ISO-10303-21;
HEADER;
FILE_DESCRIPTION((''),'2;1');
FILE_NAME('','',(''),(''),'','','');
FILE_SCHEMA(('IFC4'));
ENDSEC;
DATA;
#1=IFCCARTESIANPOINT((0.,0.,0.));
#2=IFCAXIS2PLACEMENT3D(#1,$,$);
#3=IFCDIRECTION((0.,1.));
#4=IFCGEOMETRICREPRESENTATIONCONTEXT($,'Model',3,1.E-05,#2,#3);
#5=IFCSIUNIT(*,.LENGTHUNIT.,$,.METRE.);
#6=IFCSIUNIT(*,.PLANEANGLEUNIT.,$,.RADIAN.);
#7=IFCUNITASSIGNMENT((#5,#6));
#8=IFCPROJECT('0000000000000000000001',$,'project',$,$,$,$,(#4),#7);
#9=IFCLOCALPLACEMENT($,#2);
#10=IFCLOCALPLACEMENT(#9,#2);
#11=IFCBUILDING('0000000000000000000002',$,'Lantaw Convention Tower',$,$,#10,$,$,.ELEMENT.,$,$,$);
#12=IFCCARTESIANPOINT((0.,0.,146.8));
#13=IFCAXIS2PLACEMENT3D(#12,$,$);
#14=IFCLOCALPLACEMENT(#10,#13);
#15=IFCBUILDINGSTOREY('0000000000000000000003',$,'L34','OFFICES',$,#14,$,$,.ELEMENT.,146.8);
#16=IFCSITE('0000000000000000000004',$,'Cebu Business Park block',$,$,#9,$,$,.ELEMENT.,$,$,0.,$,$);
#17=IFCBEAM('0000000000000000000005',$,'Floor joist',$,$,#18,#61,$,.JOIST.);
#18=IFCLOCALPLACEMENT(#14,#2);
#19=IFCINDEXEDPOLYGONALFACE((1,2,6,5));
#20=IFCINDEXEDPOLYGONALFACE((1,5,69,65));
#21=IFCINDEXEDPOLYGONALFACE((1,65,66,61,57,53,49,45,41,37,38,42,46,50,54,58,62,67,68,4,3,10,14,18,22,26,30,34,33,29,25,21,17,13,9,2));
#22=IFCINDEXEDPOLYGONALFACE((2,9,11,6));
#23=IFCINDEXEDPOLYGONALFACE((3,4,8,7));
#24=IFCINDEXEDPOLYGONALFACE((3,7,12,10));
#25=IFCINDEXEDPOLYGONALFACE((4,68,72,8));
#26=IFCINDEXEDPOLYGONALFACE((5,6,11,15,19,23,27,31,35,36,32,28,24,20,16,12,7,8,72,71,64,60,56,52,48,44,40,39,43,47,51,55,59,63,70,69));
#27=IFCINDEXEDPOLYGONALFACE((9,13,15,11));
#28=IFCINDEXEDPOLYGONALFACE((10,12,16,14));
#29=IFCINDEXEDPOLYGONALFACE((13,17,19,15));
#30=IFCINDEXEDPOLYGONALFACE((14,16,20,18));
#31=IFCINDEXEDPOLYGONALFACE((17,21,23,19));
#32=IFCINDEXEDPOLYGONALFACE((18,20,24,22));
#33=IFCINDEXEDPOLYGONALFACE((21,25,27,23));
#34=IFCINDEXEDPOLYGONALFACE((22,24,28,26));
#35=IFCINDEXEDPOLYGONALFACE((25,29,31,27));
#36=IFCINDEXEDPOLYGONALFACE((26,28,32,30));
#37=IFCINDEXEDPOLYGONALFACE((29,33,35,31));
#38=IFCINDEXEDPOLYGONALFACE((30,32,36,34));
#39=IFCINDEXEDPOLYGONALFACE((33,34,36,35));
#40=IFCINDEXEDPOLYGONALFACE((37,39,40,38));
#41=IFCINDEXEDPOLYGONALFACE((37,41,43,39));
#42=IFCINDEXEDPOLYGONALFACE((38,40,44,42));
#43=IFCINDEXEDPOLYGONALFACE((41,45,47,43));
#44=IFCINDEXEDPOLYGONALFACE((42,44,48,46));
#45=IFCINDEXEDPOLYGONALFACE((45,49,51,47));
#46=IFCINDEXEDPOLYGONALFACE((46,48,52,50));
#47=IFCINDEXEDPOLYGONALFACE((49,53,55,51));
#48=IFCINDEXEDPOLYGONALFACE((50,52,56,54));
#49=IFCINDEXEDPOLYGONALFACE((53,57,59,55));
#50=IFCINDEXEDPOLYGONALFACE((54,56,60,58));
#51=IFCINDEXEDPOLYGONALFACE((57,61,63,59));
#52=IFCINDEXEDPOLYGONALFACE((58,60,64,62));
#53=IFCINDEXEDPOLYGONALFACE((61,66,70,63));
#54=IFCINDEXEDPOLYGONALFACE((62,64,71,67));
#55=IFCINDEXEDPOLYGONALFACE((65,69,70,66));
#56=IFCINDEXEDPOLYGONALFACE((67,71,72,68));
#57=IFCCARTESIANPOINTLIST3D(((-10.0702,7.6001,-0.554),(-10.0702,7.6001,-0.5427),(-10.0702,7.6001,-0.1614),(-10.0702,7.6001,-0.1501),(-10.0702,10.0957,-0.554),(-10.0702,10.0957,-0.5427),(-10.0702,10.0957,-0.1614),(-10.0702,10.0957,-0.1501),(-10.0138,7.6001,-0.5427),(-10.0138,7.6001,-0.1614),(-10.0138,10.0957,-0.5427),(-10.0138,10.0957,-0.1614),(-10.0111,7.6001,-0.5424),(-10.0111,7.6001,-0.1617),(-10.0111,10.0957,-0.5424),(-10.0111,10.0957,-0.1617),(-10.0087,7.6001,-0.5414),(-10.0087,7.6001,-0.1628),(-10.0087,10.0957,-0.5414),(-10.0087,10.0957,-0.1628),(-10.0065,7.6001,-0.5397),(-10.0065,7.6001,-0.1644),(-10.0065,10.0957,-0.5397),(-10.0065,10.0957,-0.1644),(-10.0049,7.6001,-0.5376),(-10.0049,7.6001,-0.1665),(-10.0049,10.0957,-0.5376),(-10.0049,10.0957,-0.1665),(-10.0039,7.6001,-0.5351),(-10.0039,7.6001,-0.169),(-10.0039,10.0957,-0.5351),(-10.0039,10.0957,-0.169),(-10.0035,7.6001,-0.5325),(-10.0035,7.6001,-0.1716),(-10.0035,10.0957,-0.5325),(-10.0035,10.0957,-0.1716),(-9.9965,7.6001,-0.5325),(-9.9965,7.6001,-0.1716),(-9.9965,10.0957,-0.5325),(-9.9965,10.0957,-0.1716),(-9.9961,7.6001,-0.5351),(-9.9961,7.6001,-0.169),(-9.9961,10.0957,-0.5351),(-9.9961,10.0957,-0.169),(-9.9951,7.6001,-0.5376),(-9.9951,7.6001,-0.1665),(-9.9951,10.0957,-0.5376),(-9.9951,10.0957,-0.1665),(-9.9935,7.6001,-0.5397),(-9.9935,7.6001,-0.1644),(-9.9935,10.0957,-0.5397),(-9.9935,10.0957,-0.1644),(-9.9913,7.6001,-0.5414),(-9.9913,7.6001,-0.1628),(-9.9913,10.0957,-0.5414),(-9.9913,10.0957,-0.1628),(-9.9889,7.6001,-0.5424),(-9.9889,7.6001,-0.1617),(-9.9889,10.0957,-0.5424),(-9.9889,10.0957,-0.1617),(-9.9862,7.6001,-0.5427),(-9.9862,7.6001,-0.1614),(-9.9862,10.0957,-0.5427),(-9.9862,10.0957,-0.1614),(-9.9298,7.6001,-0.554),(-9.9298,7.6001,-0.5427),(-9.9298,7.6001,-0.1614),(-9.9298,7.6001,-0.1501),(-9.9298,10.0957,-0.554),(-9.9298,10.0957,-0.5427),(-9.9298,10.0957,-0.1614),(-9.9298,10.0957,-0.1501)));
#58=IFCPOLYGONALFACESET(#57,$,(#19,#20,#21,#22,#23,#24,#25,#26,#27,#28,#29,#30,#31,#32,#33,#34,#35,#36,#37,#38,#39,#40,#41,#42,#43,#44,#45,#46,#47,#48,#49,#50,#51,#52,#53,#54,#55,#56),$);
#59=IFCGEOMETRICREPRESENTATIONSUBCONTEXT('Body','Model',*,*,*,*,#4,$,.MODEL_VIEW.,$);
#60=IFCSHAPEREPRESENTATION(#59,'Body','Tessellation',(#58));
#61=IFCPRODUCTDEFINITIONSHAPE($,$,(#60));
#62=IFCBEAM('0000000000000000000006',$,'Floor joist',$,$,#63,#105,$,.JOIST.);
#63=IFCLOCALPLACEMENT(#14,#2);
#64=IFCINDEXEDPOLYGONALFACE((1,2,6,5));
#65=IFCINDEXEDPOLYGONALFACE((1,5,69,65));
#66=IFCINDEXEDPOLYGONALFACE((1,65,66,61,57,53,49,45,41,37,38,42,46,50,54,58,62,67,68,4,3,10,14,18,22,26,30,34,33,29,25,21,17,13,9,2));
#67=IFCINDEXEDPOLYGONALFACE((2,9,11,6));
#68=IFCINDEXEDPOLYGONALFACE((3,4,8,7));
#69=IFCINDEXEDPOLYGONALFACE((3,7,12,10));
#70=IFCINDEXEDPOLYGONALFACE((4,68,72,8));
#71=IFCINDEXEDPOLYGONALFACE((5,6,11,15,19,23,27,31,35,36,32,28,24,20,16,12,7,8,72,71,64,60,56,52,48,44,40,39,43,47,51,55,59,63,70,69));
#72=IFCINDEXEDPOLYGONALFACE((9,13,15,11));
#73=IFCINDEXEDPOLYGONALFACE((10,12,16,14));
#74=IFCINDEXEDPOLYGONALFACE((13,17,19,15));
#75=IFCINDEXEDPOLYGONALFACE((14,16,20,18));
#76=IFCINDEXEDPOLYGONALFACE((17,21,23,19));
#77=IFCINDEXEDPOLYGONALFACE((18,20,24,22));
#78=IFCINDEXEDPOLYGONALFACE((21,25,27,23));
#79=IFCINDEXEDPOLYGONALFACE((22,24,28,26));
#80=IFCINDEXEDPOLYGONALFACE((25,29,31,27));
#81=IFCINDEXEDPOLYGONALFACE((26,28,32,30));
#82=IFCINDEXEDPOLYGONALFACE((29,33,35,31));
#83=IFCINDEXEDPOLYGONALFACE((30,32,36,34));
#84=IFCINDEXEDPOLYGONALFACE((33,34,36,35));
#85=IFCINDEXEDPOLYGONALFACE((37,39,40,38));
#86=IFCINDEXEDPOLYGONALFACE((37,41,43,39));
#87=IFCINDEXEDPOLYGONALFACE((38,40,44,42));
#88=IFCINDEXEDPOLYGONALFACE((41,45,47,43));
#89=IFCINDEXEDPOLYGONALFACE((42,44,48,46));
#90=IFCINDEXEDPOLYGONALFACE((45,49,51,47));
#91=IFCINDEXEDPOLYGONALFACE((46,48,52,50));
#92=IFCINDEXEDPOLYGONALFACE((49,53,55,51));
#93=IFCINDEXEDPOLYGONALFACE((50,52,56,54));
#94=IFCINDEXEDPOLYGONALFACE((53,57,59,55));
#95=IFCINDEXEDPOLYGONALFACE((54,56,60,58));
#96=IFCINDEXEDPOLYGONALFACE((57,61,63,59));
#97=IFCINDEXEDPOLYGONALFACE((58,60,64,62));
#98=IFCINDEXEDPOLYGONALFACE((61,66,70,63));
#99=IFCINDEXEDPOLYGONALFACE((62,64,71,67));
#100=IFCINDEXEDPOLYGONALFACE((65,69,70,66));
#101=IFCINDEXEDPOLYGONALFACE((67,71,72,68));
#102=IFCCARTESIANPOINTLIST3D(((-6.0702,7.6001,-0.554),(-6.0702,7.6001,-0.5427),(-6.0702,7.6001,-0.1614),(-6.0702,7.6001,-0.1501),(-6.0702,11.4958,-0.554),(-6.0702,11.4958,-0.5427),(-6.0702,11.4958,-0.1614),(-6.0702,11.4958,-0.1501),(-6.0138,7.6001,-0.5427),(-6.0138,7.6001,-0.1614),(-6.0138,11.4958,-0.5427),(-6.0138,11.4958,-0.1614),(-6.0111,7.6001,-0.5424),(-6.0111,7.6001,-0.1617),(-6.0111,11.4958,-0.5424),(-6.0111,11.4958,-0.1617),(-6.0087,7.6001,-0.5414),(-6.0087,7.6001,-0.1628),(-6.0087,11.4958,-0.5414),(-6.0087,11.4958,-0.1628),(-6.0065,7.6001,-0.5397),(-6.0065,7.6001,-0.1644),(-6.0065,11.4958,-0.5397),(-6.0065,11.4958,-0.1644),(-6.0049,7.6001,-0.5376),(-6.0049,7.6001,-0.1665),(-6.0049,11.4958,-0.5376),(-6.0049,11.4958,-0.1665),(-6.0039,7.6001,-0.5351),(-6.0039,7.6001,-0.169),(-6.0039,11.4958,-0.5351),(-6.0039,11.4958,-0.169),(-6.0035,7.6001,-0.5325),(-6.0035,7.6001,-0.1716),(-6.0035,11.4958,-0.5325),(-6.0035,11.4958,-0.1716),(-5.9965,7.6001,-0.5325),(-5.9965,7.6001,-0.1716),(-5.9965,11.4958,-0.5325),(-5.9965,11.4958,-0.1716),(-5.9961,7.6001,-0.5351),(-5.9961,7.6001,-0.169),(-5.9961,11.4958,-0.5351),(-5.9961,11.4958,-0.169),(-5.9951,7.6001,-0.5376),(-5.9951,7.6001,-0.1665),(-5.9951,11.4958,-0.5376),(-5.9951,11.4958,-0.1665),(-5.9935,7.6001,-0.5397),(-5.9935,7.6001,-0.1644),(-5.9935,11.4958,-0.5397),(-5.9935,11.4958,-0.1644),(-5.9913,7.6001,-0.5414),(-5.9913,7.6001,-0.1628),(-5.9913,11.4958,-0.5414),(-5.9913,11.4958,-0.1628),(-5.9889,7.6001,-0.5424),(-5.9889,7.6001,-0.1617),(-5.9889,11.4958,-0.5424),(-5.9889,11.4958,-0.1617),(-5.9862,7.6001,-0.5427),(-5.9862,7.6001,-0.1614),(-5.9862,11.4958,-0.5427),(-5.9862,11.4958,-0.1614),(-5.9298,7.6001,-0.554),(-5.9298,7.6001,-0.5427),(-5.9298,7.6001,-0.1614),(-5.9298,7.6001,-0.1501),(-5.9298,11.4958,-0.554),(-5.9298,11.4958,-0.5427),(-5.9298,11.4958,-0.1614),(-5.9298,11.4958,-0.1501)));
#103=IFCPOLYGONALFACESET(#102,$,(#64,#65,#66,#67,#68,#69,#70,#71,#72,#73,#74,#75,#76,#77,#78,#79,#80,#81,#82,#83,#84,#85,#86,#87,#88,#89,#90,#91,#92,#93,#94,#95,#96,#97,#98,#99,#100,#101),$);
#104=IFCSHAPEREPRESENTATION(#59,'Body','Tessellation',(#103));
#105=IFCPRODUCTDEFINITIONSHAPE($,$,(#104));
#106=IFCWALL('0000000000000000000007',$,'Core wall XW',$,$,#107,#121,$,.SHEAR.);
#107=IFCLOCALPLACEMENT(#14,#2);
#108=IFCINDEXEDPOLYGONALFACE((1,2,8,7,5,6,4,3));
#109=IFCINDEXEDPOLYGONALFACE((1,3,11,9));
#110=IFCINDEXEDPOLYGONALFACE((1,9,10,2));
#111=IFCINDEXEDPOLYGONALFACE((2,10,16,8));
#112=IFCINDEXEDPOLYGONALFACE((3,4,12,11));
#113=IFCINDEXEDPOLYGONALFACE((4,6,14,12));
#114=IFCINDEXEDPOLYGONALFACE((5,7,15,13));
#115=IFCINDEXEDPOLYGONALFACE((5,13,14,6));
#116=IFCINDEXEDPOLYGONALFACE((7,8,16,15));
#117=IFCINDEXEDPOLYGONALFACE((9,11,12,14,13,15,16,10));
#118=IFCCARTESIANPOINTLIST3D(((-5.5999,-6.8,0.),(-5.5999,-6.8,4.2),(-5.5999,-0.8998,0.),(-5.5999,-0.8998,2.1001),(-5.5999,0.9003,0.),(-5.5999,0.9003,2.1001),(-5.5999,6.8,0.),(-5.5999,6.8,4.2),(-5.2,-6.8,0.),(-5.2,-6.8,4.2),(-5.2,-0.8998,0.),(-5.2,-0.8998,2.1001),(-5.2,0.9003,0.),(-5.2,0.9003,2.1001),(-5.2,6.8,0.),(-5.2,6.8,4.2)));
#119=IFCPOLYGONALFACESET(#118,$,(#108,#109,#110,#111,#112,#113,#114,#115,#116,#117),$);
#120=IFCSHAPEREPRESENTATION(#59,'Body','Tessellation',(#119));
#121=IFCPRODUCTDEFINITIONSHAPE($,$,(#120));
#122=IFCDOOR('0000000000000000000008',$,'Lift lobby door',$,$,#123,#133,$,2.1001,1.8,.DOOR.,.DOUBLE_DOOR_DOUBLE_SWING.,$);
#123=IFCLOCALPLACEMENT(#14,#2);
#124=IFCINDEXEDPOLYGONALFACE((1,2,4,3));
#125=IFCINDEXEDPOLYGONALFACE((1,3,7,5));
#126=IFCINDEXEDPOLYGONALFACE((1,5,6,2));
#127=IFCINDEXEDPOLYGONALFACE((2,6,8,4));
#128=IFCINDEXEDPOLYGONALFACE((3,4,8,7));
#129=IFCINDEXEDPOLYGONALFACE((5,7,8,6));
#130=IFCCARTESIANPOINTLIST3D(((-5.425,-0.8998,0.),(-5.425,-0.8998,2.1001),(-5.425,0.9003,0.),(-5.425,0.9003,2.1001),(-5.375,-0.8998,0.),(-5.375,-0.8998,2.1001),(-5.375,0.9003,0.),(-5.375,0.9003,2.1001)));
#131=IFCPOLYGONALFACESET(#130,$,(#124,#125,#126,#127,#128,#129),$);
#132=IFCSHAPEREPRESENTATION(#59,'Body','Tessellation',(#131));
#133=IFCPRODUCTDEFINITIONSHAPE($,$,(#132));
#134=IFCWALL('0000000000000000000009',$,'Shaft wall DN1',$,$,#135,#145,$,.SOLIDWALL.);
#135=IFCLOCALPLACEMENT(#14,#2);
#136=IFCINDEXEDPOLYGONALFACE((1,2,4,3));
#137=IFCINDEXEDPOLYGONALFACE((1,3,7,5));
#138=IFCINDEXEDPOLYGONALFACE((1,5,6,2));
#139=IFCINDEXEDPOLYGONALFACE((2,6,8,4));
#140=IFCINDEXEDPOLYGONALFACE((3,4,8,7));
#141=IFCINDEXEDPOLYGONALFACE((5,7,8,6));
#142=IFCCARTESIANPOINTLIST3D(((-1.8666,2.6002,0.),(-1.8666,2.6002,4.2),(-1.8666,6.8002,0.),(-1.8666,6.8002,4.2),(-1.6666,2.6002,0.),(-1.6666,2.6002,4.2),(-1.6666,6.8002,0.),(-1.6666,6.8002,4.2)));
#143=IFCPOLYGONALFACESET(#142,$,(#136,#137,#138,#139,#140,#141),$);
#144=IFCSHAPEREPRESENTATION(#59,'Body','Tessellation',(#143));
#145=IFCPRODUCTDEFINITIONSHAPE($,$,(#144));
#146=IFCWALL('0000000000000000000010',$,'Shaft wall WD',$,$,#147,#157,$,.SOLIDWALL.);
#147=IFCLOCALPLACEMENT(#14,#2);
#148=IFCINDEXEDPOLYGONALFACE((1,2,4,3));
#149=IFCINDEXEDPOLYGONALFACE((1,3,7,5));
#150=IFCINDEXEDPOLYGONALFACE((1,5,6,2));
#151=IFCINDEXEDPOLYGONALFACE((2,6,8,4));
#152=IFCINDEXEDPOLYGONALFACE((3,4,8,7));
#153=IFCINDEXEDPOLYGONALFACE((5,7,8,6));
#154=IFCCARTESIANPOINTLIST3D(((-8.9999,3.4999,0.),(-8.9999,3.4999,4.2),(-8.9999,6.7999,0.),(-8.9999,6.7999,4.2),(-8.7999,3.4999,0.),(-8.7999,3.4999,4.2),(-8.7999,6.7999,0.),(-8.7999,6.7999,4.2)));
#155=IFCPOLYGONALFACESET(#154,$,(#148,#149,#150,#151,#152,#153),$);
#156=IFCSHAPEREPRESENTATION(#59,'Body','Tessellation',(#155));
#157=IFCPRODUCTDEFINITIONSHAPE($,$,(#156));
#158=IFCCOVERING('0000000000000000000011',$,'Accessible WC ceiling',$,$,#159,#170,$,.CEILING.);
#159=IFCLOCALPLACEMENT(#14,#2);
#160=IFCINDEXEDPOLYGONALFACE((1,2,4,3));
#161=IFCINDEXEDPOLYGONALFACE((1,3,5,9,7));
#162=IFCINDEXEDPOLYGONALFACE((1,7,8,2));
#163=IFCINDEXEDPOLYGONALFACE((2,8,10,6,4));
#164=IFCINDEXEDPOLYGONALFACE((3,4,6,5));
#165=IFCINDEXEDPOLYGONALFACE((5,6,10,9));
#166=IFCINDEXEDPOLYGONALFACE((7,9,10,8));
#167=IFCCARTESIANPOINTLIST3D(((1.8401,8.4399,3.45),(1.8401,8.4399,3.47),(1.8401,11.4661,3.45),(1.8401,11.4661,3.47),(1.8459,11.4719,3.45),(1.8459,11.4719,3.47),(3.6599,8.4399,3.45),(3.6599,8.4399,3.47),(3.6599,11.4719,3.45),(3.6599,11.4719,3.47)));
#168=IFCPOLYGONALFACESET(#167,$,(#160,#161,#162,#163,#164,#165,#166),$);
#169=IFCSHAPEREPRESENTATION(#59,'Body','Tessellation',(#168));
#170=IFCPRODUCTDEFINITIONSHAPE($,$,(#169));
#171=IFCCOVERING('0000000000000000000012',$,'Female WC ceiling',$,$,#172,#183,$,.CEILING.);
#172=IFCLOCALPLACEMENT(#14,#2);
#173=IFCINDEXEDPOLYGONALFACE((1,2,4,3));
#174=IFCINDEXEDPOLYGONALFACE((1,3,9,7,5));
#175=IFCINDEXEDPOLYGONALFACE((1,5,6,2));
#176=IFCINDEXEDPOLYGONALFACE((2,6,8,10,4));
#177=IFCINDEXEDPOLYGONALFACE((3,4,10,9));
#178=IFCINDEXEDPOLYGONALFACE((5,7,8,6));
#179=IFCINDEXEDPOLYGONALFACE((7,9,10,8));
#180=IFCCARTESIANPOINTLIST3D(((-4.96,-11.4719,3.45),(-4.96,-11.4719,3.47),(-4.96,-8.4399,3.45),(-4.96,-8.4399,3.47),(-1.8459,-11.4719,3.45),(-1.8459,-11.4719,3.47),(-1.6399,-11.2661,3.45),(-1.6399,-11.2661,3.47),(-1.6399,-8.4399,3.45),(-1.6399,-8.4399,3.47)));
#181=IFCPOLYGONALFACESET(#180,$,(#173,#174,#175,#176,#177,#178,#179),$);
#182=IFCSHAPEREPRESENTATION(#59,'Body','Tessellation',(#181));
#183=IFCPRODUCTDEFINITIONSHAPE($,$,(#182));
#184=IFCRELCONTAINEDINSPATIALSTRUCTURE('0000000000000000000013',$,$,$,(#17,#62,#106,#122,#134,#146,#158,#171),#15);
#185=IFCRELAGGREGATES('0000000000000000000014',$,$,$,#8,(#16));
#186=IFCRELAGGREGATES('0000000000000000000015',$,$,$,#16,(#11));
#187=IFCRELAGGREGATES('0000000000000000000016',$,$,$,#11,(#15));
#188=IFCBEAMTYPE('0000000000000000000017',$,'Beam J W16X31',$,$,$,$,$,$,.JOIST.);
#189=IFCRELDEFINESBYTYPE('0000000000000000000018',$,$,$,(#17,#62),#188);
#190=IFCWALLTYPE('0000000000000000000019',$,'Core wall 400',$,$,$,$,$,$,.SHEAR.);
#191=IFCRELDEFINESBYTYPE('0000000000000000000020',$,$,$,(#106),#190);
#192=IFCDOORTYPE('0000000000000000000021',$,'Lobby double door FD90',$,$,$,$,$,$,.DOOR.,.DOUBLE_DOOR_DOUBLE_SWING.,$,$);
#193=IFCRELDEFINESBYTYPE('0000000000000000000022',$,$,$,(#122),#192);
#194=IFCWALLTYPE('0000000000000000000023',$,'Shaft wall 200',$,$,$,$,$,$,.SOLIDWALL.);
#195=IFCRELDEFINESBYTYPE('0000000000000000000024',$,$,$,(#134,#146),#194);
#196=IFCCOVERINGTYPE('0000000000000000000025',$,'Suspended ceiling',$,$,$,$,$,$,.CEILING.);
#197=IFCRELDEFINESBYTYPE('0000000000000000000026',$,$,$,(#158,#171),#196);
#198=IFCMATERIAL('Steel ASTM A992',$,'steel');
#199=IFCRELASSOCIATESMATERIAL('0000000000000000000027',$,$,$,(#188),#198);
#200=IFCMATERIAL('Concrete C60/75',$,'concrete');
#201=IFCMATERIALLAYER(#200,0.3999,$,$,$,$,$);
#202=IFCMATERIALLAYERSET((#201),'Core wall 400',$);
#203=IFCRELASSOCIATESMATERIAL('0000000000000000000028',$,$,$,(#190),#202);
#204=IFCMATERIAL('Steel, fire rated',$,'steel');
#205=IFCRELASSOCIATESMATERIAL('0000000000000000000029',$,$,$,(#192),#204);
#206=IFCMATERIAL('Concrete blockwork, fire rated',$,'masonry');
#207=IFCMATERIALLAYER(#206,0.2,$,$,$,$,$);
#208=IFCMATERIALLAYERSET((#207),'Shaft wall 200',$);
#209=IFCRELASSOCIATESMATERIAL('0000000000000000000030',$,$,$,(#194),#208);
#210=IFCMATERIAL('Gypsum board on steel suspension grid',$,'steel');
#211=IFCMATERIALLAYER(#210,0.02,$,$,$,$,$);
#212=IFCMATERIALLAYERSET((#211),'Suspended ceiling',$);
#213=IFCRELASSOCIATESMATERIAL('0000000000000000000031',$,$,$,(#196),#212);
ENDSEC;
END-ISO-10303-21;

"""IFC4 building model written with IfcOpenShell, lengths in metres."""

from ifc_helpers import new_model, si_unit, direction, frame, frame_2d, origin, origin_2d, place, context, subcontext, project, spatial, polyline, rectangle, i_section, outline, extrude, material, layer, layer_set, material_profile, profile_set, type_object, element, fill, save


model = new_model("IFC4")

# Units and contexts
model_context = context("Model", 3, precision=1e-05, world=origin(), true_north=direction((0.0, 1.0)))
body_context = subcontext(model_context, "Body", "Model", "MODEL_VIEW")
ifc_project = project(units=[si_unit("LENGTHUNIT", "METRE"), si_unit("PLANEANGLEUNIT", "RADIAN")], contexts=[model_context])

# Site, building, storey
site_placement = place(None, origin())
site = spatial("IfcSite", under=ifc_project, at=site_placement, Name="Cebu Business Park block", CompositionType="ELEMENT", RefElevation=0.0)
building_placement = place(site_placement, origin())
building = spatial("IfcBuilding", under=site, at=building_placement, Name="Lantaw Convention Tower", CompositionType="ELEMENT")
storey_placement = place(building_placement, frame((0.0, 0.0, 146.8)))
storey = spatial("IfcBuildingStorey", under=building, at=storey_placement, Name="L34", Description="OFFICES", CompositionType="ELEMENT", Elevation=146.8)

# Beams
ifc_material_1 = material(Name="Steel ASTM A992", Category="steel")
ifc_material_profile_1 = material_profile(ifc_material_1, i_section(OverallWidth=0.1404, OverallDepth=0.4038, WebThickness=0.0071, FlangeThickness=0.0112, FilletRadius=0.0103, at=origin_2d()), Name="W16X31")
ifc_profile_set_1 = profile_set([ifc_material_profile_1], Name="Steel ASTM A992")
beam_type_1 = type_object("IfcBeamType", Name="Beam J W16X31", PredefinedType="JOIST", material=ifc_profile_set_1)
beam_1_placement = place(storey_placement, frame((-10.0, 7.6001, -0.3521), z_axis=(0.0, 1.0, 0.0), x_axis=(-1.0, 0.0, 0.0)))
element("IfcBeam", 1, at=beam_1_placement, inside=storey, type_object=beam_type_1, Name="Floor joist", PredefinedType="JOIST", context=body_context, shape_type="SweptSolid", body=[
    extrude(i_section(OverallWidth=0.1404, OverallDepth=0.4038, WebThickness=0.0071, FlangeThickness=0.0112, FilletRadius=0.0103, at=origin_2d()), origin(), (0.0, 0.0, 1.0), 2.4956),
])
beam_2_placement = place(storey_placement, frame((-6.0, 7.6001, -0.3521), z_axis=(0.0, 1.0, 0.0), x_axis=(-1.0, 0.0, 0.0)))
element("IfcBeam", 2, at=beam_2_placement, inside=storey, type_object=beam_type_1, Name="Floor joist", PredefinedType="JOIST", context=body_context, shape_type="SweptSolid", body=[
    extrude(i_section(OverallWidth=0.1404, OverallDepth=0.4038, WebThickness=0.0071, FlangeThickness=0.0112, FilletRadius=0.0103, at=origin_2d()), origin(), (0.0, 0.0, 1.0), 3.8958),
])

# Wall, opening, door
ifc_material_2 = material(Name="Concrete C60/75", Category="concrete")
ifc_layer_1 = layer(ifc_material_2, 0.3999)
ifc_layer_set_1 = layer_set([ifc_layer_1], Name="Core wall 400")
wall_type_1 = type_object("IfcWallType", Name="Core wall 400", PredefinedType="SHEAR", material=ifc_layer_set_1)
wall_1_placement = place(storey_placement, frame((-5.3999, 6.8, 0.0), z_axis=(0.0, 0.0, 1.0), x_axis=(0.0, -1.0, 0.0)))
wall_1 = element("IfcWall", 3, at=wall_1_placement, inside=storey, type_object=wall_type_1, Name="Core wall XW", PredefinedType="SHEAR", context=body_context, shape_type="SweptSolid", body=[
    extrude(rectangle(XDim=13.6001, YDim=0.3999, at=frame_2d((6.8, 0.0))), origin(), (0.0, 0.0, 1.0), 4.2),
])
opening_placement = place(wall_1_placement, frame((5.8999, 0.0, 0.0)))
opening = element("IfcOpeningElement", 4, at=opening_placement, cuts=wall_1, PredefinedType="OPENING", context=body_context, shape_type="SweptSolid", body=[
    extrude(rectangle(XDim=1.8, YDim=2.1001, at=frame_2d((0.8999, 1.05))), frame((0.0, 0.21, 0.0), z_axis=(0.0, -1.0, 0.0), x_axis=(1.0, 0.0, 0.0)), (0.0, 0.0, 1.0), 0.4199),
])
ifc_material_3 = material(Name="Steel, fire rated", Category="steel")
door_type = type_object("IfcDoorType", Name="Lobby double door FD90", OperationType="DOUBLE_DOOR_DOUBLE_SWING", PredefinedType="DOOR", material=ifc_material_3)
door_placement = place(opening_placement, origin())
door = element("IfcDoor", 5, at=door_placement, inside=storey, type_object=door_type, Name="Lift lobby door", OperationType="DOUBLE_DOOR_DOUBLE_SWING", OverallHeight=2.1001, OverallWidth=1.8, PredefinedType="DOOR", context=body_context, shape_type="SweptSolid", body=[
    extrude(rectangle(XDim=1.8, YDim=2.1001, at=frame_2d((0.8999, 1.05))), frame((0.0, 0.0249, 0.0), z_axis=(0.0, -1.0, 0.0), x_axis=(1.0, 0.0, 0.0)), (0.0, 0.0, 1.0), 0.05),
])
fill(opening, door)

# Walls
ifc_material_4 = material(Name="Concrete blockwork, fire rated", Category="masonry")
ifc_layer_2 = layer(ifc_material_4, 0.2)
ifc_layer_set_2 = layer_set([ifc_layer_2], Name="Shaft wall 200")
wall_type_2 = type_object("IfcWallType", Name="Shaft wall 200", PredefinedType="SOLIDWALL", material=ifc_layer_set_2)
wall_2_placement = place(storey_placement, frame((-1.7666, 2.6001, 0.0), z_axis=(0.0, 0.0, 1.0), x_axis=(0.0, 1.0, 0.0)))
element("IfcWall", 6, at=wall_2_placement, inside=storey, type_object=wall_type_2, Name="Shaft wall DN1", PredefinedType="SOLIDWALL", context=body_context, shape_type="SweptSolid", body=[
    extrude(rectangle(XDim=4.2, YDim=0.2, at=frame_2d((2.1001, 0.0))), origin(), (0.0, 0.0, 1.0), 4.2),
])
wall_3_placement = place(storey_placement, frame((-8.8999, 3.5, 0.0), z_axis=(0.0, 0.0, 1.0), x_axis=(0.0, 1.0, 0.0)))
element("IfcWall", 7, at=wall_3_placement, inside=storey, type_object=wall_type_2, Name="Shaft wall WD", PredefinedType="SOLIDWALL", context=body_context, shape_type="SweptSolid", body=[
    extrude(rectangle(XDim=3.3, YDim=0.2, at=frame_2d((1.6499, 0.0))), origin(), (0.0, 0.0, 1.0), 4.2),
])

# Coverings
ifc_material_5 = material(Name="Gypsum board on steel suspension grid", Category="steel")
ifc_layer_3 = layer(ifc_material_5, 0.02)
ifc_layer_set_3 = layer_set([ifc_layer_3], Name="Suspended ceiling")
covering_type = type_object("IfcCoveringType", Name="Suspended ceiling", PredefinedType="CEILING", material=ifc_layer_set_3)
covering_1_placement = place(storey_placement, frame((0.0, 0.0, 3.45)))
element("IfcCovering", 8, at=covering_1_placement, inside=storey, type_object=covering_type, Name="Accessible WC ceiling", PredefinedType="CEILING", context=body_context, shape_type="SweptSolid", body=[
    extrude(outline(polyline([(1.8401, 11.4661), (1.8401, 8.4399), (3.6599, 8.4399), (3.6599, 11.4719), (1.8459, 11.4719), (1.8401, 11.4661)])), origin(), (0.0, 0.0, 1.0), 0.02),
])
covering_2_placement = place(storey_placement, frame((0.0, 0.0, 3.45)))
element("IfcCovering", 9, at=covering_2_placement, inside=storey, type_object=covering_type, Name="Female WC ceiling", PredefinedType="CEILING", context=body_context, shape_type="SweptSolid", body=[
    extrude(outline(polyline([(-4.96, -8.4399), (-4.96, -11.4719), (-1.8459, -11.4719), (-1.6399, -11.2661), (-1.6399, -8.4399), (-4.96, -8.4399)])), origin(), (0.0, 0.0, 1.0), 0.02),
])

save(model, "model.ifc")
